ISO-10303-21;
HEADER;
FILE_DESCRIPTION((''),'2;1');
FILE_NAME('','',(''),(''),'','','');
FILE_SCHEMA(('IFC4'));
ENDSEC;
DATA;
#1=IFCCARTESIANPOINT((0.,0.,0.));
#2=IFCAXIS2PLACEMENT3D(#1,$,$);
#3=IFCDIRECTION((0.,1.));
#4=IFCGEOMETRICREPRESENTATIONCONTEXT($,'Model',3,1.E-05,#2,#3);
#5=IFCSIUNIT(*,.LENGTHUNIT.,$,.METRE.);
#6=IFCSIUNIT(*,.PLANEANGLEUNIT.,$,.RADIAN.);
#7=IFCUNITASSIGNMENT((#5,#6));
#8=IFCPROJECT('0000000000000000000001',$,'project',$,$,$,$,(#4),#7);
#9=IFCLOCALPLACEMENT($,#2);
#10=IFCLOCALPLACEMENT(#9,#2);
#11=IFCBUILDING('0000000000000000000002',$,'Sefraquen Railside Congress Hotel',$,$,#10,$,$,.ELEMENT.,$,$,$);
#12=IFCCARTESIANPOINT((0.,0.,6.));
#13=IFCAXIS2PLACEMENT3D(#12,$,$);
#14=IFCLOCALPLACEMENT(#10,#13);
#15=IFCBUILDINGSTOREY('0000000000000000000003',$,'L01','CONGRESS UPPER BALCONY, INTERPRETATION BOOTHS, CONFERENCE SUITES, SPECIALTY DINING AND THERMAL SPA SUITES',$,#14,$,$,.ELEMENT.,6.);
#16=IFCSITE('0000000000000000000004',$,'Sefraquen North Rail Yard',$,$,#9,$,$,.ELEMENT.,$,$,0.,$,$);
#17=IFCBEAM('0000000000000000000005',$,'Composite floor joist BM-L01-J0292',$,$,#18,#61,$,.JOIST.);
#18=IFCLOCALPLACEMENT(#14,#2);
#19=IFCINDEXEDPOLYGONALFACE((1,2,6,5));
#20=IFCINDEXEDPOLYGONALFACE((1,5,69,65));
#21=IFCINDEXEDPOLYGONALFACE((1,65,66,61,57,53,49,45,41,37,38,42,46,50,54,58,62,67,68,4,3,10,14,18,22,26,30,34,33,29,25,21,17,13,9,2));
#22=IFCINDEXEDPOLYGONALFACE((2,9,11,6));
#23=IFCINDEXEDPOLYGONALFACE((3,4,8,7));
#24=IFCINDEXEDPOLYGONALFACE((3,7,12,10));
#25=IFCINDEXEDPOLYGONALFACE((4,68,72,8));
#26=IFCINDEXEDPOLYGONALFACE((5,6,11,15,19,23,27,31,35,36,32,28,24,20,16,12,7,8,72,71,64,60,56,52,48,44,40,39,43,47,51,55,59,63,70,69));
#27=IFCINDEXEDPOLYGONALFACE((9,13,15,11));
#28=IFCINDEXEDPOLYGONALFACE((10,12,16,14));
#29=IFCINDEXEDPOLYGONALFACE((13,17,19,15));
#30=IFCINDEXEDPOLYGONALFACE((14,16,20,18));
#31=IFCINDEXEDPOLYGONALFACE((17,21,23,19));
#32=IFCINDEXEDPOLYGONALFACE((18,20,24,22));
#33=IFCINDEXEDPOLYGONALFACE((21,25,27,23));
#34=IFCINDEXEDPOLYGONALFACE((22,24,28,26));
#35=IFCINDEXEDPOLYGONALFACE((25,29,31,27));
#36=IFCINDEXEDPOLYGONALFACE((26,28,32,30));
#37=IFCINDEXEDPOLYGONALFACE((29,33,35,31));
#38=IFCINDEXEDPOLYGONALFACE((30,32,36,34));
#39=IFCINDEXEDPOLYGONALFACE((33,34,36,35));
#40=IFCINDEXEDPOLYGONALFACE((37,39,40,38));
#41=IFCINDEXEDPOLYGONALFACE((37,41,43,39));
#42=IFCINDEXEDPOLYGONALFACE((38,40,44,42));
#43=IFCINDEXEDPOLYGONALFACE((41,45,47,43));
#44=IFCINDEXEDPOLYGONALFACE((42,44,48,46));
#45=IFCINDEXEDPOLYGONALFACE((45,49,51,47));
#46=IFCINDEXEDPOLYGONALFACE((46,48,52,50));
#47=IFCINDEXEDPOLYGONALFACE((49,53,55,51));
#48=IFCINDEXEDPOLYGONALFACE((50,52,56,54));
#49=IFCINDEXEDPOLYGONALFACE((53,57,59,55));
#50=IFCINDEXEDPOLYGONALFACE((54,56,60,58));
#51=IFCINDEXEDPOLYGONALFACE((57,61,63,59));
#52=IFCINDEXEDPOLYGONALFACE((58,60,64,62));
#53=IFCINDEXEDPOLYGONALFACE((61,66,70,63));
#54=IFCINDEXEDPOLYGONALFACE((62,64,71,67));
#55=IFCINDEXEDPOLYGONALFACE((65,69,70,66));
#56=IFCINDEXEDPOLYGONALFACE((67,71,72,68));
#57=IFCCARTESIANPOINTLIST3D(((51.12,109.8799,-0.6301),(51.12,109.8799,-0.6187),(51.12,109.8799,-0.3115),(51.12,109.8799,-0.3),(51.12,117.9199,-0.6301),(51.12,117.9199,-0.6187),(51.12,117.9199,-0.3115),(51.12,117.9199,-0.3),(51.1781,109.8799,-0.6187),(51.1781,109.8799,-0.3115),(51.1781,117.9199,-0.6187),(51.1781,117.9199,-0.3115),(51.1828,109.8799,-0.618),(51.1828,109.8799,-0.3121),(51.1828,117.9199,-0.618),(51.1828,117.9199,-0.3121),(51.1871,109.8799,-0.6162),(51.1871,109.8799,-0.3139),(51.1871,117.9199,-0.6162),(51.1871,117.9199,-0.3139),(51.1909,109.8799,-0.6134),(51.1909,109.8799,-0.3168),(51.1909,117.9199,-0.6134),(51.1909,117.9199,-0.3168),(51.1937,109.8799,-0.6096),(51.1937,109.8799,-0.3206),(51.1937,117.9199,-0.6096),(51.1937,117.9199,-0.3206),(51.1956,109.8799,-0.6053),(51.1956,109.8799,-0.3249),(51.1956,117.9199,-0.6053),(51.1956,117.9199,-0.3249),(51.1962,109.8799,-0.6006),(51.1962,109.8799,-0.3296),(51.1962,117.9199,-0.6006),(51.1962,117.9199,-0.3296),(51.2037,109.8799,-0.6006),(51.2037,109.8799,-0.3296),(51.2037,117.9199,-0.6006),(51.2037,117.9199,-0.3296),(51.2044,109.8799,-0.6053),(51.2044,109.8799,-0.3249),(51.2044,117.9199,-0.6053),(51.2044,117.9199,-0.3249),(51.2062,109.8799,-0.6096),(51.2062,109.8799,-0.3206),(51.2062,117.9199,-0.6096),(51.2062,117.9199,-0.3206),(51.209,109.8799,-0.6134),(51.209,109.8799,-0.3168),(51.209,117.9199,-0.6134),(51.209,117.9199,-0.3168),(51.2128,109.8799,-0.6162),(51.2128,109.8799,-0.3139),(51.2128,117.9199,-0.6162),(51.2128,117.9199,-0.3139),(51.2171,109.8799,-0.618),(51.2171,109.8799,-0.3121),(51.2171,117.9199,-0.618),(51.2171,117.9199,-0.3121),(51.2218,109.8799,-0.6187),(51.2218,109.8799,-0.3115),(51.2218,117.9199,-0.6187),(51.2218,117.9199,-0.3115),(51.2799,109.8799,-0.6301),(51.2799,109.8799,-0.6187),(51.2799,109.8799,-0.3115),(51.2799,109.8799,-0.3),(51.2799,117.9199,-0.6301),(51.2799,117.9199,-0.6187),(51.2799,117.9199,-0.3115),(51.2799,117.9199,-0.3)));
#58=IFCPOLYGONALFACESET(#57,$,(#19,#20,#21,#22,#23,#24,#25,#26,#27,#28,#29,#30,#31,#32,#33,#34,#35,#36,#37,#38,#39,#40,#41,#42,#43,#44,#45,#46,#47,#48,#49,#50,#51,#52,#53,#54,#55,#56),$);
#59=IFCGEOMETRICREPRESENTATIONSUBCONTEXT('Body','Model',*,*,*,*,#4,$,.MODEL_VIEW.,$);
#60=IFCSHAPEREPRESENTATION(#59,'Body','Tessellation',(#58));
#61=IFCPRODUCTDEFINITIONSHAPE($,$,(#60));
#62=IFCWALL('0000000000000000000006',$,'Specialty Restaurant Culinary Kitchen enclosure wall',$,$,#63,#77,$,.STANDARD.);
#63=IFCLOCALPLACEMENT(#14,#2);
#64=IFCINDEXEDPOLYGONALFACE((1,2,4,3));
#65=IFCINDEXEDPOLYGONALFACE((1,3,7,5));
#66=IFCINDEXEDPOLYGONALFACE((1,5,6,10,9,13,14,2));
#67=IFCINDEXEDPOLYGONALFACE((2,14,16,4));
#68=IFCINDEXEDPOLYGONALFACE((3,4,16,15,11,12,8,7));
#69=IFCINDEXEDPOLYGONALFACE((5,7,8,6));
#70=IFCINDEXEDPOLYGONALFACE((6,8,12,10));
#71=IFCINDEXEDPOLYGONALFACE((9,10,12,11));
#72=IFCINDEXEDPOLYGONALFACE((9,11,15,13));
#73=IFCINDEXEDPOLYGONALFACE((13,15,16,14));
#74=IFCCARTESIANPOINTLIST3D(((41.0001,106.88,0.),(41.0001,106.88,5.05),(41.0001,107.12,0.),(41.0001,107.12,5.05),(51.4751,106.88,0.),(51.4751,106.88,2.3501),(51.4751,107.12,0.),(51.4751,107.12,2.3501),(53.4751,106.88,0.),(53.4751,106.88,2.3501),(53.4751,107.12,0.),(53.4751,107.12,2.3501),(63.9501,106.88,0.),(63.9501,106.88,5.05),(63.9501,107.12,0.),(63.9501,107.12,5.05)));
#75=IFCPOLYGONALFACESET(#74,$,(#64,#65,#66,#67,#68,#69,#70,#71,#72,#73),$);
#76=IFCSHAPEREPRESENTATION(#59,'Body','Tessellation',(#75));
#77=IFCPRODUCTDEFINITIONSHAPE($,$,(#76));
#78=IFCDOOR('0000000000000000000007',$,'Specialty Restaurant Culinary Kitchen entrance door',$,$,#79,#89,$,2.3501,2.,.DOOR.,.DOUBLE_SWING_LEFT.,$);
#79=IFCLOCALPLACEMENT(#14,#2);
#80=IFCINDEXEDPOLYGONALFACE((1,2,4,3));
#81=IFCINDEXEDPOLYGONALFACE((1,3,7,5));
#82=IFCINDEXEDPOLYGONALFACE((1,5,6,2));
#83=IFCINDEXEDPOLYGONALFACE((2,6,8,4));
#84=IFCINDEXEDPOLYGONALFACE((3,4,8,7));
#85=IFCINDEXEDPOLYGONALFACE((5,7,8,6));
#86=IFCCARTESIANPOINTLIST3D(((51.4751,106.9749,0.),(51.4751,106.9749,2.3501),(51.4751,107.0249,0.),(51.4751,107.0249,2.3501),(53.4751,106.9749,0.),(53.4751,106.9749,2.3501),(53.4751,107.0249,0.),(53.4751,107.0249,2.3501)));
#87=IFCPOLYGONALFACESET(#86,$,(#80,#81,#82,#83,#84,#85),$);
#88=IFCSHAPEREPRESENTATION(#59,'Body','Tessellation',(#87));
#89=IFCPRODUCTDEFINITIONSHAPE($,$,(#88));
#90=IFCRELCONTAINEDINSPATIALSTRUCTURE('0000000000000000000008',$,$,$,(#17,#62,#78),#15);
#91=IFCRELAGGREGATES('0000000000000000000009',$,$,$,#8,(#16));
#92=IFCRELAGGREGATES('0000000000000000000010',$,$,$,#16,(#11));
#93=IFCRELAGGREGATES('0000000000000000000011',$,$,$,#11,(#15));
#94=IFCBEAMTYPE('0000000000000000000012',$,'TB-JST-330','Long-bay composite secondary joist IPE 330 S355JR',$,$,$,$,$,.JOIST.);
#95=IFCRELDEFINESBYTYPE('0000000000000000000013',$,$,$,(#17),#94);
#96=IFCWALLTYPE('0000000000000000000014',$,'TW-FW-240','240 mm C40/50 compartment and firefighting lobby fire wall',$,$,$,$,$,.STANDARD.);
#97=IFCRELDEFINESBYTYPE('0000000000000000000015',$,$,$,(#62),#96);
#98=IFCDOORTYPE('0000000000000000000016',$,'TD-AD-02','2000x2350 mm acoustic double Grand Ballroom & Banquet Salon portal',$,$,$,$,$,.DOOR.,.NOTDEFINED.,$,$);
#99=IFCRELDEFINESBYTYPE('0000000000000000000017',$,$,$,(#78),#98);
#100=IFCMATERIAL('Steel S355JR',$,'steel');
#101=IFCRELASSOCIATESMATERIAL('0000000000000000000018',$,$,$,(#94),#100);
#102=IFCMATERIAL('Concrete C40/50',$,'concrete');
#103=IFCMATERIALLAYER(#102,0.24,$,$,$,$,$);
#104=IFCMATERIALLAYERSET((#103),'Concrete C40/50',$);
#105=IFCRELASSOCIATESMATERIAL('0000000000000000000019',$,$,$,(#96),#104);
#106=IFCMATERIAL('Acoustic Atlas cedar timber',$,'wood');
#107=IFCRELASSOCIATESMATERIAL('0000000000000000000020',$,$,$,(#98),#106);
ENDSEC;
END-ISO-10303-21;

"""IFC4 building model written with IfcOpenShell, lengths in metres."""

from ifc_helpers import new_model, si_unit, direction, frame, frame_2d, origin, origin_2d, place, context, subcontext, project, spatial, rectangle, i_section, extrude, material, layer, layer_set, material_profile, profile_set, type_object, element, fill, save


model = new_model("IFC4")

# Units and contexts
model_context = context("Model", 3, precision=1e-05, world=origin(), true_north=direction((0.0, 1.0)))
body_context = subcontext(model_context, "Body", "Model", "MODEL_VIEW")
ifc_project = project(units=[si_unit("LENGTHUNIT", "METRE"), si_unit("PLANEANGLEUNIT", "RADIAN")], contexts=[model_context])

# Site, building, storey
site_placement = place(None, origin())
site = spatial("IfcSite", under=ifc_project, at=site_placement, Name="Sefraquen North Rail Yard", CompositionType="ELEMENT", RefElevation=0.0)
building_placement = place(site_placement, origin())
building = spatial("IfcBuilding", under=site, at=building_placement, Name="Sefraquen Railside Congress Hotel", CompositionType="ELEMENT")
storey_placement = place(building_placement, frame((0.0, 0.0, 6.0)))
storey = spatial("IfcBuildingStorey", under=building, at=storey_placement, Name="L01", Description="CONGRESS UPPER BALCONY, INTERPRETATION BOOTHS, CONFERENCE SUITES, SPECIALTY DINING AND THERMAL SPA SUITES", CompositionType="ELEMENT", Elevation=6.0)

# Shared definitions
ifc_material_1 = material(Name="Steel S355JR", Category="steel")

# Beam
ifc_material_profile_1 = material_profile(ifc_material_1, i_section(OverallWidth=0.1599, OverallDepth=0.3301, WebThickness=0.0076, FlangeThickness=0.0115, FilletRadius=0.0181, at=origin_2d()), Name="IPE 330")
ifc_profile_set_1 = profile_set([ifc_material_profile_1], Name="Steel S355JR")
beam_type_1 = type_object("IfcBeamType", Name="TB-JST-330", Description="Long-bay composite secondary joist IPE 330 S355JR", PredefinedType="JOIST", material=ifc_profile_set_1)
beam_1_placement = place(storey_placement, frame((51.2, 109.8799, -0.4651), z_axis=(0.0, 1.0, 0.0), x_axis=(-1.0, 0.0, 0.0)))
element("IfcBeam", 1, at=beam_1_placement, inside=storey, type_object=beam_type_1, Name="Composite floor joist BM-L01-J0292", PredefinedType="JOIST", context=body_context, shape_type="SweptSolid", body=[
    extrude(i_section(OverallWidth=0.1599, OverallDepth=0.3301, WebThickness=0.0076, FlangeThickness=0.0115, FilletRadius=0.0181, at=origin_2d()), origin(), (0.0, 0.0, 1.0), 8.04),
])

# Wall, opening, door
ifc_material_2 = material(Name="Concrete C40/50", Category="concrete")
ifc_layer = layer(ifc_material_2, 0.24)
ifc_layer_set = layer_set([ifc_layer], Name="Concrete C40/50")
wall_type = type_object("IfcWallType", Name="TW-FW-240", Description="240 mm C40/50 compartment and firefighting lobby fire wall", PredefinedType="STANDARD", material=ifc_layer_set)
wall_placement = place(storey_placement, frame((41.0, 107.0, 0.0), z_axis=(0.0, 0.0, 1.0), x_axis=(1.0, 0.0, 0.0)))
wall = element("IfcWall", 2, at=wall_placement, inside=storey, type_object=wall_type, Name="Specialty Restaurant Culinary Kitchen enclosure wall", PredefinedType="STANDARD", context=body_context, shape_type="SweptSolid", body=[
    extrude(rectangle(XDim=22.95, YDim=0.24, at=frame_2d((11.4751, 0.0))), origin(), (0.0, 0.0, 1.0), 5.05),
])
opening_placement = place(wall_placement, frame((10.4751, 0.0, 0.0)))
opening = element("IfcOpeningElement", 3, at=opening_placement, cuts=wall, PredefinedType="OPENING", context=body_context, shape_type="SweptSolid", body=[
    extrude(rectangle(XDim=2.0, YDim=2.3501, at=frame_2d((1.0, 1.175))), frame((0.0, 0.1299, 0.0), z_axis=(0.0, -1.0, 0.0), x_axis=(1.0, 0.0, 0.0)), (0.0, 0.0, 1.0), 0.26),
])
ifc_material_3 = material(Name="Acoustic Atlas cedar timber", Category="wood")
door_type = type_object("IfcDoorType", Name="TD-AD-02", Description="2000x2350 mm acoustic double Grand Ballroom & Banquet Salon portal", OperationType="NOTDEFINED", PredefinedType="DOOR", material=ifc_material_3)
door_placement = place(opening_placement, origin())
door = element("IfcDoor", 4, at=door_placement, inside=storey, type_object=door_type, Name="Specialty Restaurant Culinary Kitchen entrance door", OperationType="DOUBLE_SWING_LEFT", OverallHeight=2.3501, OverallWidth=2.0, PredefinedType="DOOR", context=body_context, shape_type="SweptSolid", body=[
    extrude(rectangle(XDim=2.0, YDim=2.3501, at=frame_2d((1.0, 1.175))), frame((0.0, 0.0249, 0.0), z_axis=(0.0, -1.0, 0.0), x_axis=(1.0, 0.0, 0.0)), (0.0, 0.0, 1.0), 0.05),
])
fill(opening, door)

save(model, "model.ifc")
